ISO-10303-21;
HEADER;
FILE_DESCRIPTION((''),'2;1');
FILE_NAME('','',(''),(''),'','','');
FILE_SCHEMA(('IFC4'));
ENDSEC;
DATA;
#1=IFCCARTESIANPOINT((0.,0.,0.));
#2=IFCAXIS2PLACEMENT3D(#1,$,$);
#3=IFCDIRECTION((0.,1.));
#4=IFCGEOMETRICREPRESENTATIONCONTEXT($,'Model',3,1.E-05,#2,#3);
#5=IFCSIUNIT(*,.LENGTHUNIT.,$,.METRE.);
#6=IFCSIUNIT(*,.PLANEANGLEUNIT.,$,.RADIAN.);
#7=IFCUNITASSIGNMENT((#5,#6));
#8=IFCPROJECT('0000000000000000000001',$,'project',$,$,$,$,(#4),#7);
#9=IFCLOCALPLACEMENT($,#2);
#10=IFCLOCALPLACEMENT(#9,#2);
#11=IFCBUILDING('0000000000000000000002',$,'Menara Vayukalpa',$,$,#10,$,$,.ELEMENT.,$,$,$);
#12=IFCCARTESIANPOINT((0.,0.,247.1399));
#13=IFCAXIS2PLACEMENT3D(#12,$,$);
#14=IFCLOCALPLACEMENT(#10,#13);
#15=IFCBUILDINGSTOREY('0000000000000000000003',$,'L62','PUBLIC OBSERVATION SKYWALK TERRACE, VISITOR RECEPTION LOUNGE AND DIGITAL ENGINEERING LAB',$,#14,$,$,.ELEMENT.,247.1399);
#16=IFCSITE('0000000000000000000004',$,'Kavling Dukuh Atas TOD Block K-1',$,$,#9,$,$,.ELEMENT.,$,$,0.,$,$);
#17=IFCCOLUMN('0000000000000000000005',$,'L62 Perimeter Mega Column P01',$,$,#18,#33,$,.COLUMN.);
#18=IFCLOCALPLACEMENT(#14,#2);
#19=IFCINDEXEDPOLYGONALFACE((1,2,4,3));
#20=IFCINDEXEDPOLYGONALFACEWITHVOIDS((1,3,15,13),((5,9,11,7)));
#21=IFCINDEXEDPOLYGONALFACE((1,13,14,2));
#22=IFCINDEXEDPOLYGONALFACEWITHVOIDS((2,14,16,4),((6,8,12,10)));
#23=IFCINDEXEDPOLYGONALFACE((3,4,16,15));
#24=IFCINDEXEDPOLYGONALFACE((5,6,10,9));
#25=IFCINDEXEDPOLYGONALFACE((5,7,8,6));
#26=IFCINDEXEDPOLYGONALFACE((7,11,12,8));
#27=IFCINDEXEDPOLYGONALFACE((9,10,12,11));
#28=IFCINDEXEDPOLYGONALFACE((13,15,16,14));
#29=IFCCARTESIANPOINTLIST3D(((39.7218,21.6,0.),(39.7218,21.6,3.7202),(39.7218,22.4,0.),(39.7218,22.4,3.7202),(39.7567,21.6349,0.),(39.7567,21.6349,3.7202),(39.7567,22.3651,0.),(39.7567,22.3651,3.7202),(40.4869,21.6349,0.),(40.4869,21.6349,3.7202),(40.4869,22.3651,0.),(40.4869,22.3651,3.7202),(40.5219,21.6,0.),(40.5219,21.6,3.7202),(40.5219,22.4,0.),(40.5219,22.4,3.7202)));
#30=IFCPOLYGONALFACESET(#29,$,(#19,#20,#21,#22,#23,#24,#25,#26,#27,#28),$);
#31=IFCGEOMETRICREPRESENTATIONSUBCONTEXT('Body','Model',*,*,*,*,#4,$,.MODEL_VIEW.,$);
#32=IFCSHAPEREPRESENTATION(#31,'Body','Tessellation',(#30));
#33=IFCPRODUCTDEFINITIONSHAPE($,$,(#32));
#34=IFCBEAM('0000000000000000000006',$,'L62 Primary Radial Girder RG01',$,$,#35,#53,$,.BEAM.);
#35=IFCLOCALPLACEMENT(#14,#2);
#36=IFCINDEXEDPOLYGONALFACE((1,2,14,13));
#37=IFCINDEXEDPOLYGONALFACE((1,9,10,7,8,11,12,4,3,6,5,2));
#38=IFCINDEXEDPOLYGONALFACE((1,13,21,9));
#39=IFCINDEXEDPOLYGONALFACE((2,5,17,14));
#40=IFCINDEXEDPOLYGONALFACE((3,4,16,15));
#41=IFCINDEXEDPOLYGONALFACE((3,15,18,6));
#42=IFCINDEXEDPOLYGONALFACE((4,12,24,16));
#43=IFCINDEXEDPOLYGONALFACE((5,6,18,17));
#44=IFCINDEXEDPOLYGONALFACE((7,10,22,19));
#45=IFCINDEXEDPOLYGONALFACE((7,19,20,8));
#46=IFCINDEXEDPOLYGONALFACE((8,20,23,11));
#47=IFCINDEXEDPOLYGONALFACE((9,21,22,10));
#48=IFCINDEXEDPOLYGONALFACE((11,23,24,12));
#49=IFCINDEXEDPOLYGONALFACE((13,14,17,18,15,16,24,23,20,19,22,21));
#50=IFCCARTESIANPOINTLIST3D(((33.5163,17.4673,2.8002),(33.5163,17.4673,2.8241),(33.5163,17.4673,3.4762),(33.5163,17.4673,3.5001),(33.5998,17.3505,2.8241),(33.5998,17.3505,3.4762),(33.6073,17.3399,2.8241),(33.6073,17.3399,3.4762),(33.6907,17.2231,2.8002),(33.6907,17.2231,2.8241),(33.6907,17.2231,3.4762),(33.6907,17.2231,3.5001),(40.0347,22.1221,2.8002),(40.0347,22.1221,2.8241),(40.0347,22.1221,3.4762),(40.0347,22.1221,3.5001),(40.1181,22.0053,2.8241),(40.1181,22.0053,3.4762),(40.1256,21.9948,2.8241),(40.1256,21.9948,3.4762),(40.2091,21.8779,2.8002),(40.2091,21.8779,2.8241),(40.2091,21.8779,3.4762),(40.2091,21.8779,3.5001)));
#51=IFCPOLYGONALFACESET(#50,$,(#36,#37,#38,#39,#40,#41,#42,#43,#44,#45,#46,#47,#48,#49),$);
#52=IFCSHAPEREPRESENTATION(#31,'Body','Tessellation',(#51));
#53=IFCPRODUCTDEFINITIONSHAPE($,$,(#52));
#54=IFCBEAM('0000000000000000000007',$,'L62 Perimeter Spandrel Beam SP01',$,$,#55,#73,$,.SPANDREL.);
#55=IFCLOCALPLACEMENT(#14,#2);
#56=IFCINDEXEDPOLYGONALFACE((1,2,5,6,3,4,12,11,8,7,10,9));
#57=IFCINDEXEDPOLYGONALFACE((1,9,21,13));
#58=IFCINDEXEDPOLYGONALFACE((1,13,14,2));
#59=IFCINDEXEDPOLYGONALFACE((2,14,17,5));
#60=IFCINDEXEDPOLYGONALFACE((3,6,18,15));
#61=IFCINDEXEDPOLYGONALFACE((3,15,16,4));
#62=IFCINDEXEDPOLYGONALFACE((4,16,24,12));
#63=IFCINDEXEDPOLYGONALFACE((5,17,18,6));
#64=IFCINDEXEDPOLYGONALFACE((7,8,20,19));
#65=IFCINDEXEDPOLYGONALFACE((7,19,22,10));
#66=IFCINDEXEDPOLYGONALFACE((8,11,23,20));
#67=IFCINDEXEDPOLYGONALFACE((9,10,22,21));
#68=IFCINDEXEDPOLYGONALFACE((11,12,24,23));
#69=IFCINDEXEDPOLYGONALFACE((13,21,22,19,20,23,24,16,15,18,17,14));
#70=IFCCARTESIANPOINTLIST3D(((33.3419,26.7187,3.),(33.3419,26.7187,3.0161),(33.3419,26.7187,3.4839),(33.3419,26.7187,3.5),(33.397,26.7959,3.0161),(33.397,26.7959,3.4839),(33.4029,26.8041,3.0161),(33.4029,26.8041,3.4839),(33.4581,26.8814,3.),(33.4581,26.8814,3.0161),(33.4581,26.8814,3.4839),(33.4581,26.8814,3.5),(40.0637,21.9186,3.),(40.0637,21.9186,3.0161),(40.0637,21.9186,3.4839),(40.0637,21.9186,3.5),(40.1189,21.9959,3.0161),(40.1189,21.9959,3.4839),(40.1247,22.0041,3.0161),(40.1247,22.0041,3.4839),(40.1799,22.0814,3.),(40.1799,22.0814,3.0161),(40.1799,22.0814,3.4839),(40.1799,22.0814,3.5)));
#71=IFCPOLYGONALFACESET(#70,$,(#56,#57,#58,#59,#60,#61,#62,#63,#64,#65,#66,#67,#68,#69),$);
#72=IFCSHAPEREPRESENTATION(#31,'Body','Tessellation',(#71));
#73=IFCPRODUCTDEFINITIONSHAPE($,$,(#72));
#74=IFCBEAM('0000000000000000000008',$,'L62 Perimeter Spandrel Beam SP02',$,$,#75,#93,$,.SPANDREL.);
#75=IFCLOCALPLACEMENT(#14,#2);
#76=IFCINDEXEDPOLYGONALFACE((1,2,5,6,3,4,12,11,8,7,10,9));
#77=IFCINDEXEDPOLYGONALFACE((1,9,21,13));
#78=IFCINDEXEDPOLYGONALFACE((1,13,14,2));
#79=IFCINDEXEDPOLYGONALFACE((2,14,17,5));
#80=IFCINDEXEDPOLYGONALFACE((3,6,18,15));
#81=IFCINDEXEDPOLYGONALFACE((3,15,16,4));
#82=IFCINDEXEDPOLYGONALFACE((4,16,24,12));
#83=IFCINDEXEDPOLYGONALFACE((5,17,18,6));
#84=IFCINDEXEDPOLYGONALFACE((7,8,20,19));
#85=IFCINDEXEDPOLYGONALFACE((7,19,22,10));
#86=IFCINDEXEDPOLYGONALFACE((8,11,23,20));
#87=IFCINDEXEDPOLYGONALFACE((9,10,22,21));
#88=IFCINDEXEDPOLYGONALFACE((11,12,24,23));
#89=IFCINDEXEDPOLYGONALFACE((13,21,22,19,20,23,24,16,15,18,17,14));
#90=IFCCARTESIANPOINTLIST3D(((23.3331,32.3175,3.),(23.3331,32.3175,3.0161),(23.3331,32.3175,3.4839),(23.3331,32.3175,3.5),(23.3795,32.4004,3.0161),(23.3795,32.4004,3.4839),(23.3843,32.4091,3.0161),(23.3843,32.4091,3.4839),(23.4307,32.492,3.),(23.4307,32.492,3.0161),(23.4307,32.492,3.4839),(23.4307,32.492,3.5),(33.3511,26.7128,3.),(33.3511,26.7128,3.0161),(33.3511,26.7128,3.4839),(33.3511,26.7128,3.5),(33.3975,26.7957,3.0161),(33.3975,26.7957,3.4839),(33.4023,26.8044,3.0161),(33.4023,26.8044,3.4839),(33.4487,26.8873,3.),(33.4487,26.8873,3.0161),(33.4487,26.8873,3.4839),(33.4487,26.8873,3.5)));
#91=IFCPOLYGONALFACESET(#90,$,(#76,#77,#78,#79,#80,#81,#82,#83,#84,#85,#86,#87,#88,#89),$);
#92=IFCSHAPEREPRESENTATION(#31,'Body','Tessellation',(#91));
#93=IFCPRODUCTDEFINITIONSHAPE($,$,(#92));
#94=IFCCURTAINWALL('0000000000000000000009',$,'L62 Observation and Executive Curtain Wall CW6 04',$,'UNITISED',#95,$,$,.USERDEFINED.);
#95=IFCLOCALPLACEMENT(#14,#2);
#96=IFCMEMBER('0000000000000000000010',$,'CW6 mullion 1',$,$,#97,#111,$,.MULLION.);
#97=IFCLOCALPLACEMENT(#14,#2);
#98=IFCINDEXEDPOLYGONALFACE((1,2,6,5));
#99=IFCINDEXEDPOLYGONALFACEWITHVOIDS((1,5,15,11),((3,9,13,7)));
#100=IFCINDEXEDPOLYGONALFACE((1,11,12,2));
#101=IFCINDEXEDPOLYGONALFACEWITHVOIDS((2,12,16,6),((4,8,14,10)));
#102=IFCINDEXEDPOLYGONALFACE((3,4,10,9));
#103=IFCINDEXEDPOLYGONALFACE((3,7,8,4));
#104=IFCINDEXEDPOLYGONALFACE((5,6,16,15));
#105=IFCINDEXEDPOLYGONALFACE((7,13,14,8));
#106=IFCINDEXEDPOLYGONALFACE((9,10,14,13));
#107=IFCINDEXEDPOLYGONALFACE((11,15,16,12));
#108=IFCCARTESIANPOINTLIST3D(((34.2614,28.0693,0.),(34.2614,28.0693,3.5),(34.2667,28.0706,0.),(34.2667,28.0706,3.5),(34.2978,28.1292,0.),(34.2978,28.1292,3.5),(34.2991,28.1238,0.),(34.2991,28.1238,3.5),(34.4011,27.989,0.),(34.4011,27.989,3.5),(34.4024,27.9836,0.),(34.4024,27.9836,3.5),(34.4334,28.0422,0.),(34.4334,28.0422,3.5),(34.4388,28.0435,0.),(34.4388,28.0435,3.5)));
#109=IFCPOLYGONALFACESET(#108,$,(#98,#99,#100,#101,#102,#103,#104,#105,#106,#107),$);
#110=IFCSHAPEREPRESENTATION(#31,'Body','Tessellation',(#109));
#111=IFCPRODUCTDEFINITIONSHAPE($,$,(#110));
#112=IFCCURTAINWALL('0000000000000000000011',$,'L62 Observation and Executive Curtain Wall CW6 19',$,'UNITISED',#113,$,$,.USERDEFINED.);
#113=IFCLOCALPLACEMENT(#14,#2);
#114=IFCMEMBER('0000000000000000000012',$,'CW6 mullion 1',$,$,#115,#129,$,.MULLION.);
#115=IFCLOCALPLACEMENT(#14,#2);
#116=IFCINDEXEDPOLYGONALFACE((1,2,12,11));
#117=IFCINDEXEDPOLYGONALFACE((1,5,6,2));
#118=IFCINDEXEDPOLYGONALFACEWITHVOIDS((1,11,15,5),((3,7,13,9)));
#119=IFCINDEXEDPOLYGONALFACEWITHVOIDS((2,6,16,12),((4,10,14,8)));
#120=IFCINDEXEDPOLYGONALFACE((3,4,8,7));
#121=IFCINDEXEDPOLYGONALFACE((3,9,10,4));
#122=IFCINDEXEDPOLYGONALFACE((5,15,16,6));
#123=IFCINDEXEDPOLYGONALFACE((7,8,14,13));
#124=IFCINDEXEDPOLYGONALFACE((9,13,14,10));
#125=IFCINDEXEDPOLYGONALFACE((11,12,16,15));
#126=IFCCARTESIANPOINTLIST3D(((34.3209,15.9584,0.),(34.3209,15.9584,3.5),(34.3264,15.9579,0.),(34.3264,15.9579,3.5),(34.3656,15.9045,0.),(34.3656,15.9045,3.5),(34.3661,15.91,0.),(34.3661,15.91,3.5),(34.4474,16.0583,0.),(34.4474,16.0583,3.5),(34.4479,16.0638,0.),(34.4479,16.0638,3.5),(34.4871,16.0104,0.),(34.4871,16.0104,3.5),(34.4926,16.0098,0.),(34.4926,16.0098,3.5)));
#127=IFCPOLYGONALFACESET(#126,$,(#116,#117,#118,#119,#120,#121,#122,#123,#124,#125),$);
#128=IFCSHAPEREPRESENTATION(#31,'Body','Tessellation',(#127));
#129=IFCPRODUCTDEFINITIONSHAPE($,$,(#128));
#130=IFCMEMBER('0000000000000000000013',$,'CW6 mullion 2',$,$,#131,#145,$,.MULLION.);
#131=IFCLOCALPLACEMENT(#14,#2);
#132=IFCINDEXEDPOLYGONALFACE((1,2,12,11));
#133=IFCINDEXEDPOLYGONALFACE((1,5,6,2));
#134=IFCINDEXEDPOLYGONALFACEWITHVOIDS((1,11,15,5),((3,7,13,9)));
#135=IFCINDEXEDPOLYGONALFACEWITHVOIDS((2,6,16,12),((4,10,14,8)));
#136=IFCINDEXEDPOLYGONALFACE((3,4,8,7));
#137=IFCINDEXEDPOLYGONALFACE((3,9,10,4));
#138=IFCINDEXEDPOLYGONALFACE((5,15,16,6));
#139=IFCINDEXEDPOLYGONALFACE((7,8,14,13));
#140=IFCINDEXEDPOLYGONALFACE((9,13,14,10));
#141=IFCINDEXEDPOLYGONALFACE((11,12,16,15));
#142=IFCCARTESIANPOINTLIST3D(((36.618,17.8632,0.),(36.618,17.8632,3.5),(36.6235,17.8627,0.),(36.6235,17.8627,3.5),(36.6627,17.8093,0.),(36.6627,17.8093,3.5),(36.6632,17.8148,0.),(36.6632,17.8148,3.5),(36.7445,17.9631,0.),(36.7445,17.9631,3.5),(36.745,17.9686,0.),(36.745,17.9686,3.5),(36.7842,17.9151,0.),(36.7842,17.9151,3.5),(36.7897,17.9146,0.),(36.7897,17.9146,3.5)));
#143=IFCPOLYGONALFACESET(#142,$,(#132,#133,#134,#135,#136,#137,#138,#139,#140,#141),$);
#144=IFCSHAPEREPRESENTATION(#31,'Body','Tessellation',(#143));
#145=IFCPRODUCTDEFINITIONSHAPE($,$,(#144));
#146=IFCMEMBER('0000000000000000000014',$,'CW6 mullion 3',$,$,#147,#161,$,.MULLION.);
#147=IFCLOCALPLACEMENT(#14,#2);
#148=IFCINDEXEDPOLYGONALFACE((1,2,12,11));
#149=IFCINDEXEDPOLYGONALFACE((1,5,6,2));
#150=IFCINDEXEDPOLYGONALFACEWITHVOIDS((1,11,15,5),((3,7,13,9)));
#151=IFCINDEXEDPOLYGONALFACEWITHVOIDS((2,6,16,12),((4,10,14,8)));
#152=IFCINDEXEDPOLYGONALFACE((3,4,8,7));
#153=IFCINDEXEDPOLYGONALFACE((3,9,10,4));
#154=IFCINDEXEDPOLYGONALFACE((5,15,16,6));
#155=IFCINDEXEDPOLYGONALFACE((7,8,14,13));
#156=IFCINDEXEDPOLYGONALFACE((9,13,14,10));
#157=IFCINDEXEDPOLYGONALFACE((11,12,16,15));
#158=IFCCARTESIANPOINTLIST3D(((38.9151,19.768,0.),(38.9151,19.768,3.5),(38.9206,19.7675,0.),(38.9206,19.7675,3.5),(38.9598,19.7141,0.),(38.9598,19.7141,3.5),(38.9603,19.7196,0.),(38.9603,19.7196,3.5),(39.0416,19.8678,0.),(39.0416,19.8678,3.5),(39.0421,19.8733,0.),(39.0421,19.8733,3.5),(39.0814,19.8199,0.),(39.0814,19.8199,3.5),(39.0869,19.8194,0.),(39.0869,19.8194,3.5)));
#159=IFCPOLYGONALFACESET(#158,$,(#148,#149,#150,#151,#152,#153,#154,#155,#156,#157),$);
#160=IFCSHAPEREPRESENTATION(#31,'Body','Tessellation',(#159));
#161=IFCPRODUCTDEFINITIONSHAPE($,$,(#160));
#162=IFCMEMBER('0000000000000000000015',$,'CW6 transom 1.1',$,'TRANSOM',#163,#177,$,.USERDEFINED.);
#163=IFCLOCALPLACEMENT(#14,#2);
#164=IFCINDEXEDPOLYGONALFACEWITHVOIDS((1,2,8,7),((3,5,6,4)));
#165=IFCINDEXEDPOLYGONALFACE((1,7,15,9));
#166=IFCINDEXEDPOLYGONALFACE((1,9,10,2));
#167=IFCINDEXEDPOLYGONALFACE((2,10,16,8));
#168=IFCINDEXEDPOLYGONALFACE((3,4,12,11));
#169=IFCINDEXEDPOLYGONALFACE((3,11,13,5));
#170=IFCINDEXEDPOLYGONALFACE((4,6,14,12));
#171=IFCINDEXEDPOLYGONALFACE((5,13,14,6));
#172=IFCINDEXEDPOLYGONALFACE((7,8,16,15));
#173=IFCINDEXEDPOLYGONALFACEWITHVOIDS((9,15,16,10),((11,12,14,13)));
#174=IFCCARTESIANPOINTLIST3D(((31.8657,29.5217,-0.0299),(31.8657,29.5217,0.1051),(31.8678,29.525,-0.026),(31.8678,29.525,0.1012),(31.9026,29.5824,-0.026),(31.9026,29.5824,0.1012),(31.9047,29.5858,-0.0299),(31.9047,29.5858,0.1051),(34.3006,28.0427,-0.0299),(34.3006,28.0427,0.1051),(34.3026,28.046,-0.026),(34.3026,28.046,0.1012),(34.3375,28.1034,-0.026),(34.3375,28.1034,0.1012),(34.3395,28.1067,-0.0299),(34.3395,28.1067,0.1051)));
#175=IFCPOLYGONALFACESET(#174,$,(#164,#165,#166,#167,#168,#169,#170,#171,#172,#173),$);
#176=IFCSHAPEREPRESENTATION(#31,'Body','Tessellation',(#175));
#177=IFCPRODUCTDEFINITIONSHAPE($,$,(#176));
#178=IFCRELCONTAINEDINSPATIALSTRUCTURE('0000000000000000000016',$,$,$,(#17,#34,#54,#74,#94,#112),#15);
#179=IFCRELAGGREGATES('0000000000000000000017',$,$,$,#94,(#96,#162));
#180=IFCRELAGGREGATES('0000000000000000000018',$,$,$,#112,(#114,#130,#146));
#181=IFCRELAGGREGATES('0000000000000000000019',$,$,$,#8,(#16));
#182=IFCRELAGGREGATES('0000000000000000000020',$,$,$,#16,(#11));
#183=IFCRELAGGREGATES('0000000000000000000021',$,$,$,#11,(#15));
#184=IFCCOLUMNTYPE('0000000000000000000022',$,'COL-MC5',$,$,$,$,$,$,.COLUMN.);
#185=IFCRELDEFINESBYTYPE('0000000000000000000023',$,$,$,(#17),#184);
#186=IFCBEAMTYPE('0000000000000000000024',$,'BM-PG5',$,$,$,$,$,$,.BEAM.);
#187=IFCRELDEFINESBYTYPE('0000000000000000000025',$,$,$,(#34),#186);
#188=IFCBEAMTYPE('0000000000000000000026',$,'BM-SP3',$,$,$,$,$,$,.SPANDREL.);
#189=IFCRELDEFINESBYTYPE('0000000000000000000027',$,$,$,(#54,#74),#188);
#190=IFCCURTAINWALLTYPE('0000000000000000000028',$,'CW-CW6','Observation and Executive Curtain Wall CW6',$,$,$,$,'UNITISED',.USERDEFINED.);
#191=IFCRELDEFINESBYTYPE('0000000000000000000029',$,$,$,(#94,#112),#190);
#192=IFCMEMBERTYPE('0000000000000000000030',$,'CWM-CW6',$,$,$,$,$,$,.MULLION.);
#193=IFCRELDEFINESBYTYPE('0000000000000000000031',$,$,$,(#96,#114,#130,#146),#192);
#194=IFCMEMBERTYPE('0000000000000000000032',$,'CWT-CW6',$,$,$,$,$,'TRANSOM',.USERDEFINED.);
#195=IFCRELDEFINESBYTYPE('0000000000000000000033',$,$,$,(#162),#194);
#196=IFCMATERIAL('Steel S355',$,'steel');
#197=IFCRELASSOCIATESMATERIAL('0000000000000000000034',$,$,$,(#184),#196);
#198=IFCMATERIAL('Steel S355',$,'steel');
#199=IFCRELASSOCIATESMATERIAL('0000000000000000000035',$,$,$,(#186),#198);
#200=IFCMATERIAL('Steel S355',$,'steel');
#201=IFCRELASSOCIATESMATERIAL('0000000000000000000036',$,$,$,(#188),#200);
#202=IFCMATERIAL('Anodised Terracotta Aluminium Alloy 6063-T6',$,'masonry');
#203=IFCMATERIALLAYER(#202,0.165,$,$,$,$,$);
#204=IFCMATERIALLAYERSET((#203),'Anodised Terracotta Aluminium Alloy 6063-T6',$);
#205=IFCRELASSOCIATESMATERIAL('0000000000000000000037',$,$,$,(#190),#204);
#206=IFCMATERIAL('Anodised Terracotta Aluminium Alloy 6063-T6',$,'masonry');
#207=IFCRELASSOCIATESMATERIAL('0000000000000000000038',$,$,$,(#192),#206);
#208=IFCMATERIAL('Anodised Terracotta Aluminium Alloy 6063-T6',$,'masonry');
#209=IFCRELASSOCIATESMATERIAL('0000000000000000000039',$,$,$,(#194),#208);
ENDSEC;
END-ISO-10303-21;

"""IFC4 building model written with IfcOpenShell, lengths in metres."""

from ifc_helpers import new_model, si_unit, direction, frame, origin, origin_2d, place, context, subcontext, project, spatial, hollow_rectangle, i_section, extrude, material, layer, layer_set, material_profile, profile_set, type_object, element, aggregate, save


model = new_model("IFC4")

# Units and contexts
model_context = context("Model", 3, precision=1e-05, world=origin(), true_north=direction((0.0, 1.0)))
body_context = subcontext(model_context, "Body", "Model", "MODEL_VIEW")
ifc_project = project(units=[si_unit("LENGTHUNIT", "METRE"), si_unit("PLANEANGLEUNIT", "RADIAN")], contexts=[model_context])

# Site, building, storey
site_placement = place(None, origin())
site = spatial("IfcSite", under=ifc_project, at=site_placement, Name="Kavling Dukuh Atas TOD Block K-1", CompositionType="ELEMENT", RefElevation=0.0)
building_placement = place(site_placement, origin())
building = spatial("IfcBuilding", under=site, at=building_placement, Name="Menara Vayukalpa", CompositionType="ELEMENT")
storey_placement = place(building_placement, frame((0.0, 0.0, 247.1399)))
storey = spatial("IfcBuildingStorey", under=building, at=storey_placement, Name="L62", Description="PUBLIC OBSERVATION SKYWALK TERRACE, VISITOR RECEPTION LOUNGE AND DIGITAL ENGINEERING LAB", CompositionType="ELEMENT", Elevation=247.1399)

# Column
ifc_material_1 = material(Name="Steel S355", Category="steel")
ifc_material_profile_1 = material_profile(ifc_material_1, hollow_rectangle(XDim=0.8, YDim=0.8, WallThickness=0.0349, at=origin_2d()), Name="BOX 800x800x35")
ifc_profile_set_1 = profile_set([ifc_material_profile_1], Name="Steel S355")
column_type = type_object("IfcColumnType", Name="COL-MC5", PredefinedType="COLUMN", material=ifc_profile_set_1)
column_placement = place(storey_placement, frame((40.1218, 22.0, 0.0), z_axis=(0.0, 0.0, 1.0), x_axis=(1.0, 0.0, 0.0)))
element("IfcColumn", 1, at=column_placement, inside=storey, type_object=column_type, Name="L62 Perimeter Mega Column P01", PredefinedType="COLUMN", context=body_context, shape_type="SweptSolid", body=[
    extrude(hollow_rectangle(XDim=0.8, YDim=0.8, WallThickness=0.0349, at=origin_2d()), origin(), (0.0, 0.0, 1.0), 3.7202),
])

# Beams
ifc_material_2 = material(Name="Steel S355", Category="steel")
ifc_material_profile_2 = material_profile(ifc_material_2, i_section(OverallWidth=0.3, OverallDepth=0.7, WebThickness=0.0129, FlangeThickness=0.0239, at=origin_2d()), Name="WF 700x300x13x24")
ifc_profile_set_2 = profile_set([ifc_material_profile_2], Name="Steel S355")
beam_type_1 = type_object("IfcBeamType", Name="BM-PG5", PredefinedType="BEAM", material=ifc_profile_set_2)
beam_1_placement = place(storey_placement, frame((33.6035, 17.3452, 3.1501), z_axis=(0.813801, 0.581143, 0.0), x_axis=(-0.581143, 0.813801, 0.0)))
element("IfcBeam", 2, at=beam_1_placement, inside=storey, type_object=beam_type_1, Name="L62 Primary Radial Girder RG01", PredefinedType="BEAM", context=body_context, shape_type="SweptSolid", body=[
    extrude(i_section(OverallWidth=0.3, OverallDepth=0.7, WebThickness=0.0129, FlangeThickness=0.0239, at=origin_2d()), origin(), (0.0, 0.0, 1.0), 8.0098),
])
ifc_material_3 = material(Name="Steel S355", Category="steel")
ifc_material_profile_3 = material_profile(ifc_material_3, i_section(OverallWidth=0.2, OverallDepth=0.5, WebThickness=0.01, FlangeThickness=0.0161, at=origin_2d()), Name="WF 500x200x10x16")
ifc_profile_set_3 = profile_set([ifc_material_profile_3], Name="Steel S355")
beam_type_2 = type_object("IfcBeamType", Name="BM-SP3", PredefinedType="SPANDREL", material=ifc_profile_set_3)
beam_2_placement = place(storey_placement, frame((40.1218, 22.0, 3.25), z_axis=(-0.813809, 0.581132, 0.0), x_axis=(-0.581132, -0.813809, 0.0)))
element("IfcBeam", 3, at=beam_2_placement, inside=storey, type_object=beam_type_2, Name="L62 Perimeter Spandrel Beam SP01", PredefinedType="SPANDREL", context=body_context, shape_type="SweptSolid", body=[
    extrude(i_section(OverallWidth=0.2, OverallDepth=0.5, WebThickness=0.01, FlangeThickness=0.0161, at=origin_2d()), origin(), (0.0, 0.0, 1.0), 8.2598),
])
beam_3_placement = place(storey_placement, frame((33.3999, 26.8, 3.25), z_axis=(-0.872706, 0.488246, 0.0), x_axis=(-0.488246, -0.872706, 0.0)))
element("IfcBeam", 4, at=beam_3_placement, inside=storey, type_object=beam_type_2, Name="L62 Perimeter Spandrel Beam SP02", PredefinedType="SPANDREL", context=body_context, shape_type="SweptSolid", body=[
    extrude(i_section(OverallWidth=0.2, OverallDepth=0.5, WebThickness=0.01, FlangeThickness=0.0161, at=origin_2d()), origin(), (0.0, 0.0, 1.0), 11.4792),
])

# Curtain wall, member
ifc_material_4 = material(Name="Anodised Terracotta Aluminium Alloy 6063-T6", Category="masonry")
ifc_layer_1 = layer(ifc_material_4, 0.165)
ifc_layer_set_1 = layer_set([ifc_layer_1], Name="Anodised Terracotta Aluminium Alloy 6063-T6")
curtain_wall_type = type_object("IfcCurtainWallType", Name="CW-CW6", Description="Observation and Executive Curtain Wall CW6", ElementType="UNITISED", PredefinedType="USERDEFINED", material=ifc_layer_set_1)
curtain_wall_1_placement = place(storey_placement, origin())
curtain_wall_1 = element("IfcCurtainWall", 5, at=curtain_wall_1_placement, inside=storey, type_object=curtain_wall_type, Name="L62 Observation and Executive Curtain Wall CW6 04", ObjectType="UNITISED", PredefinedType="USERDEFINED")
ifc_material_5 = material(Name="Anodised Terracotta Aluminium Alloy 6063-T6", Category="masonry")
ifc_material_profile_4 = material_profile(ifc_material_5, hollow_rectangle(XDim=0.0701, YDim=0.165, WallThickness=0.0039, at=origin_2d()), Name="ALU 70x165x4")
ifc_profile_set_4 = profile_set([ifc_material_profile_4], Name="Anodised Terracotta Aluminium Alloy 6063-T6")
member_type_1 = type_object("IfcMemberType", Name="CWM-CW6", PredefinedType="MULLION", material=ifc_profile_set_4)
member_1_placement = place(storey_placement, frame((34.3501, 28.0564, 0.0), z_axis=(0.0, 0.0, 1.0), x_axis=(-0.519176, -0.854668, 0.0)))
member_1 = element("IfcMember", 6, at=member_1_placement, type_object=member_type_1, Name="CW6 mullion 1", PredefinedType="MULLION", context=body_context, shape_type="SweptSolid", body=[
    extrude(hollow_rectangle(XDim=0.0701, YDim=0.165, WallThickness=0.0039, at=origin_2d()), origin(), (0.0, 0.0, 1.0), 3.5),
])

# Curtain wall, members
curtain_wall_2_placement = place(storey_placement, origin())
curtain_wall_2 = element("IfcCurtainWall", 7, at=curtain_wall_2_placement, inside=storey, type_object=curtain_wall_type, Name="L62 Observation and Executive Curtain Wall CW6 19", ObjectType="UNITISED", PredefinedType="USERDEFINED")
member_2_placement = place(storey_placement, frame((34.4067, 15.9841, 0.0), z_axis=(0.0, 0.0, 1.0), x_axis=(-0.63834, 0.769754, 0.0)))
member_2 = element("IfcMember", 8, at=member_2_placement, type_object=member_type_1, Name="CW6 mullion 1", PredefinedType="MULLION", context=body_context, shape_type="SweptSolid", body=[
    extrude(hollow_rectangle(XDim=0.0701, YDim=0.165, WallThickness=0.0039, at=origin_2d()), origin(), (0.0, 0.0, 1.0), 3.5),
])
member_3_placement = place(storey_placement, frame((36.7039, 17.8889, 0.0), z_axis=(0.0, 0.0, 1.0), x_axis=(-0.63834, 0.769754, 0.0)))
member_3 = element("IfcMember", 9, at=member_3_placement, type_object=member_type_1, Name="CW6 mullion 2", PredefinedType="MULLION", context=body_context, shape_type="SweptSolid", body=[
    extrude(hollow_rectangle(XDim=0.0701, YDim=0.165, WallThickness=0.0039, at=origin_2d()), origin(), (0.0, 0.0, 1.0), 3.5),
])
member_4_placement = place(storey_placement, frame((39.001, 19.7937, 0.0), z_axis=(0.0, 0.0, 1.0), x_axis=(-0.63834, 0.769754, 0.0)))
member_4 = element("IfcMember", 10, at=member_4_placement, type_object=member_type_1, Name="CW6 mullion 3", PredefinedType="MULLION", context=body_context, shape_type="SweptSolid", body=[
    extrude(hollow_rectangle(XDim=0.0701, YDim=0.165, WallThickness=0.0039, at=origin_2d()), origin(), (0.0, 0.0, 1.0), 3.5),
])

# Member
ifc_material_6 = material(Name="Anodised Terracotta Aluminium Alloy 6063-T6", Category="masonry")
ifc_material_profile_5 = material_profile(ifc_material_6, hollow_rectangle(XDim=0.075, YDim=0.135, WallThickness=0.0039, at=origin_2d()), Name="ALU 75x135x4")
ifc_profile_set_5 = profile_set([ifc_material_profile_5], Name="Anodised Terracotta Aluminium Alloy 6063-T6")
member_type_2 = type_object("IfcMemberType", Name="CWT-CW6", ElementType="TRANSOM", PredefinedType="USERDEFINED", material=ifc_profile_set_5)
member_5_placement = place(storey_placement, frame((34.3201, 28.0747, 0.0376), z_axis=(-0.854675, 0.519164, 0.0), x_axis=(-0.519164, -0.854675, 0.0)))
member_5 = element("IfcMember", 11, at=member_5_placement, type_object=member_type_2, Name="CW6 transom 1.1", ObjectType="TRANSOM", PredefinedType="USERDEFINED", context=body_context, shape_type="SweptSolid", body=[
    extrude(hollow_rectangle(XDim=0.075, YDim=0.135, WallThickness=0.0039, at=origin_2d()), origin(), (0.0, 0.0, 1.0), 2.8489),
])
aggregate(curtain_wall_1, [member_1, member_5])

aggregate(curtain_wall_2, [member_2, member_3, member_4])

save(model, "model.ifc")
